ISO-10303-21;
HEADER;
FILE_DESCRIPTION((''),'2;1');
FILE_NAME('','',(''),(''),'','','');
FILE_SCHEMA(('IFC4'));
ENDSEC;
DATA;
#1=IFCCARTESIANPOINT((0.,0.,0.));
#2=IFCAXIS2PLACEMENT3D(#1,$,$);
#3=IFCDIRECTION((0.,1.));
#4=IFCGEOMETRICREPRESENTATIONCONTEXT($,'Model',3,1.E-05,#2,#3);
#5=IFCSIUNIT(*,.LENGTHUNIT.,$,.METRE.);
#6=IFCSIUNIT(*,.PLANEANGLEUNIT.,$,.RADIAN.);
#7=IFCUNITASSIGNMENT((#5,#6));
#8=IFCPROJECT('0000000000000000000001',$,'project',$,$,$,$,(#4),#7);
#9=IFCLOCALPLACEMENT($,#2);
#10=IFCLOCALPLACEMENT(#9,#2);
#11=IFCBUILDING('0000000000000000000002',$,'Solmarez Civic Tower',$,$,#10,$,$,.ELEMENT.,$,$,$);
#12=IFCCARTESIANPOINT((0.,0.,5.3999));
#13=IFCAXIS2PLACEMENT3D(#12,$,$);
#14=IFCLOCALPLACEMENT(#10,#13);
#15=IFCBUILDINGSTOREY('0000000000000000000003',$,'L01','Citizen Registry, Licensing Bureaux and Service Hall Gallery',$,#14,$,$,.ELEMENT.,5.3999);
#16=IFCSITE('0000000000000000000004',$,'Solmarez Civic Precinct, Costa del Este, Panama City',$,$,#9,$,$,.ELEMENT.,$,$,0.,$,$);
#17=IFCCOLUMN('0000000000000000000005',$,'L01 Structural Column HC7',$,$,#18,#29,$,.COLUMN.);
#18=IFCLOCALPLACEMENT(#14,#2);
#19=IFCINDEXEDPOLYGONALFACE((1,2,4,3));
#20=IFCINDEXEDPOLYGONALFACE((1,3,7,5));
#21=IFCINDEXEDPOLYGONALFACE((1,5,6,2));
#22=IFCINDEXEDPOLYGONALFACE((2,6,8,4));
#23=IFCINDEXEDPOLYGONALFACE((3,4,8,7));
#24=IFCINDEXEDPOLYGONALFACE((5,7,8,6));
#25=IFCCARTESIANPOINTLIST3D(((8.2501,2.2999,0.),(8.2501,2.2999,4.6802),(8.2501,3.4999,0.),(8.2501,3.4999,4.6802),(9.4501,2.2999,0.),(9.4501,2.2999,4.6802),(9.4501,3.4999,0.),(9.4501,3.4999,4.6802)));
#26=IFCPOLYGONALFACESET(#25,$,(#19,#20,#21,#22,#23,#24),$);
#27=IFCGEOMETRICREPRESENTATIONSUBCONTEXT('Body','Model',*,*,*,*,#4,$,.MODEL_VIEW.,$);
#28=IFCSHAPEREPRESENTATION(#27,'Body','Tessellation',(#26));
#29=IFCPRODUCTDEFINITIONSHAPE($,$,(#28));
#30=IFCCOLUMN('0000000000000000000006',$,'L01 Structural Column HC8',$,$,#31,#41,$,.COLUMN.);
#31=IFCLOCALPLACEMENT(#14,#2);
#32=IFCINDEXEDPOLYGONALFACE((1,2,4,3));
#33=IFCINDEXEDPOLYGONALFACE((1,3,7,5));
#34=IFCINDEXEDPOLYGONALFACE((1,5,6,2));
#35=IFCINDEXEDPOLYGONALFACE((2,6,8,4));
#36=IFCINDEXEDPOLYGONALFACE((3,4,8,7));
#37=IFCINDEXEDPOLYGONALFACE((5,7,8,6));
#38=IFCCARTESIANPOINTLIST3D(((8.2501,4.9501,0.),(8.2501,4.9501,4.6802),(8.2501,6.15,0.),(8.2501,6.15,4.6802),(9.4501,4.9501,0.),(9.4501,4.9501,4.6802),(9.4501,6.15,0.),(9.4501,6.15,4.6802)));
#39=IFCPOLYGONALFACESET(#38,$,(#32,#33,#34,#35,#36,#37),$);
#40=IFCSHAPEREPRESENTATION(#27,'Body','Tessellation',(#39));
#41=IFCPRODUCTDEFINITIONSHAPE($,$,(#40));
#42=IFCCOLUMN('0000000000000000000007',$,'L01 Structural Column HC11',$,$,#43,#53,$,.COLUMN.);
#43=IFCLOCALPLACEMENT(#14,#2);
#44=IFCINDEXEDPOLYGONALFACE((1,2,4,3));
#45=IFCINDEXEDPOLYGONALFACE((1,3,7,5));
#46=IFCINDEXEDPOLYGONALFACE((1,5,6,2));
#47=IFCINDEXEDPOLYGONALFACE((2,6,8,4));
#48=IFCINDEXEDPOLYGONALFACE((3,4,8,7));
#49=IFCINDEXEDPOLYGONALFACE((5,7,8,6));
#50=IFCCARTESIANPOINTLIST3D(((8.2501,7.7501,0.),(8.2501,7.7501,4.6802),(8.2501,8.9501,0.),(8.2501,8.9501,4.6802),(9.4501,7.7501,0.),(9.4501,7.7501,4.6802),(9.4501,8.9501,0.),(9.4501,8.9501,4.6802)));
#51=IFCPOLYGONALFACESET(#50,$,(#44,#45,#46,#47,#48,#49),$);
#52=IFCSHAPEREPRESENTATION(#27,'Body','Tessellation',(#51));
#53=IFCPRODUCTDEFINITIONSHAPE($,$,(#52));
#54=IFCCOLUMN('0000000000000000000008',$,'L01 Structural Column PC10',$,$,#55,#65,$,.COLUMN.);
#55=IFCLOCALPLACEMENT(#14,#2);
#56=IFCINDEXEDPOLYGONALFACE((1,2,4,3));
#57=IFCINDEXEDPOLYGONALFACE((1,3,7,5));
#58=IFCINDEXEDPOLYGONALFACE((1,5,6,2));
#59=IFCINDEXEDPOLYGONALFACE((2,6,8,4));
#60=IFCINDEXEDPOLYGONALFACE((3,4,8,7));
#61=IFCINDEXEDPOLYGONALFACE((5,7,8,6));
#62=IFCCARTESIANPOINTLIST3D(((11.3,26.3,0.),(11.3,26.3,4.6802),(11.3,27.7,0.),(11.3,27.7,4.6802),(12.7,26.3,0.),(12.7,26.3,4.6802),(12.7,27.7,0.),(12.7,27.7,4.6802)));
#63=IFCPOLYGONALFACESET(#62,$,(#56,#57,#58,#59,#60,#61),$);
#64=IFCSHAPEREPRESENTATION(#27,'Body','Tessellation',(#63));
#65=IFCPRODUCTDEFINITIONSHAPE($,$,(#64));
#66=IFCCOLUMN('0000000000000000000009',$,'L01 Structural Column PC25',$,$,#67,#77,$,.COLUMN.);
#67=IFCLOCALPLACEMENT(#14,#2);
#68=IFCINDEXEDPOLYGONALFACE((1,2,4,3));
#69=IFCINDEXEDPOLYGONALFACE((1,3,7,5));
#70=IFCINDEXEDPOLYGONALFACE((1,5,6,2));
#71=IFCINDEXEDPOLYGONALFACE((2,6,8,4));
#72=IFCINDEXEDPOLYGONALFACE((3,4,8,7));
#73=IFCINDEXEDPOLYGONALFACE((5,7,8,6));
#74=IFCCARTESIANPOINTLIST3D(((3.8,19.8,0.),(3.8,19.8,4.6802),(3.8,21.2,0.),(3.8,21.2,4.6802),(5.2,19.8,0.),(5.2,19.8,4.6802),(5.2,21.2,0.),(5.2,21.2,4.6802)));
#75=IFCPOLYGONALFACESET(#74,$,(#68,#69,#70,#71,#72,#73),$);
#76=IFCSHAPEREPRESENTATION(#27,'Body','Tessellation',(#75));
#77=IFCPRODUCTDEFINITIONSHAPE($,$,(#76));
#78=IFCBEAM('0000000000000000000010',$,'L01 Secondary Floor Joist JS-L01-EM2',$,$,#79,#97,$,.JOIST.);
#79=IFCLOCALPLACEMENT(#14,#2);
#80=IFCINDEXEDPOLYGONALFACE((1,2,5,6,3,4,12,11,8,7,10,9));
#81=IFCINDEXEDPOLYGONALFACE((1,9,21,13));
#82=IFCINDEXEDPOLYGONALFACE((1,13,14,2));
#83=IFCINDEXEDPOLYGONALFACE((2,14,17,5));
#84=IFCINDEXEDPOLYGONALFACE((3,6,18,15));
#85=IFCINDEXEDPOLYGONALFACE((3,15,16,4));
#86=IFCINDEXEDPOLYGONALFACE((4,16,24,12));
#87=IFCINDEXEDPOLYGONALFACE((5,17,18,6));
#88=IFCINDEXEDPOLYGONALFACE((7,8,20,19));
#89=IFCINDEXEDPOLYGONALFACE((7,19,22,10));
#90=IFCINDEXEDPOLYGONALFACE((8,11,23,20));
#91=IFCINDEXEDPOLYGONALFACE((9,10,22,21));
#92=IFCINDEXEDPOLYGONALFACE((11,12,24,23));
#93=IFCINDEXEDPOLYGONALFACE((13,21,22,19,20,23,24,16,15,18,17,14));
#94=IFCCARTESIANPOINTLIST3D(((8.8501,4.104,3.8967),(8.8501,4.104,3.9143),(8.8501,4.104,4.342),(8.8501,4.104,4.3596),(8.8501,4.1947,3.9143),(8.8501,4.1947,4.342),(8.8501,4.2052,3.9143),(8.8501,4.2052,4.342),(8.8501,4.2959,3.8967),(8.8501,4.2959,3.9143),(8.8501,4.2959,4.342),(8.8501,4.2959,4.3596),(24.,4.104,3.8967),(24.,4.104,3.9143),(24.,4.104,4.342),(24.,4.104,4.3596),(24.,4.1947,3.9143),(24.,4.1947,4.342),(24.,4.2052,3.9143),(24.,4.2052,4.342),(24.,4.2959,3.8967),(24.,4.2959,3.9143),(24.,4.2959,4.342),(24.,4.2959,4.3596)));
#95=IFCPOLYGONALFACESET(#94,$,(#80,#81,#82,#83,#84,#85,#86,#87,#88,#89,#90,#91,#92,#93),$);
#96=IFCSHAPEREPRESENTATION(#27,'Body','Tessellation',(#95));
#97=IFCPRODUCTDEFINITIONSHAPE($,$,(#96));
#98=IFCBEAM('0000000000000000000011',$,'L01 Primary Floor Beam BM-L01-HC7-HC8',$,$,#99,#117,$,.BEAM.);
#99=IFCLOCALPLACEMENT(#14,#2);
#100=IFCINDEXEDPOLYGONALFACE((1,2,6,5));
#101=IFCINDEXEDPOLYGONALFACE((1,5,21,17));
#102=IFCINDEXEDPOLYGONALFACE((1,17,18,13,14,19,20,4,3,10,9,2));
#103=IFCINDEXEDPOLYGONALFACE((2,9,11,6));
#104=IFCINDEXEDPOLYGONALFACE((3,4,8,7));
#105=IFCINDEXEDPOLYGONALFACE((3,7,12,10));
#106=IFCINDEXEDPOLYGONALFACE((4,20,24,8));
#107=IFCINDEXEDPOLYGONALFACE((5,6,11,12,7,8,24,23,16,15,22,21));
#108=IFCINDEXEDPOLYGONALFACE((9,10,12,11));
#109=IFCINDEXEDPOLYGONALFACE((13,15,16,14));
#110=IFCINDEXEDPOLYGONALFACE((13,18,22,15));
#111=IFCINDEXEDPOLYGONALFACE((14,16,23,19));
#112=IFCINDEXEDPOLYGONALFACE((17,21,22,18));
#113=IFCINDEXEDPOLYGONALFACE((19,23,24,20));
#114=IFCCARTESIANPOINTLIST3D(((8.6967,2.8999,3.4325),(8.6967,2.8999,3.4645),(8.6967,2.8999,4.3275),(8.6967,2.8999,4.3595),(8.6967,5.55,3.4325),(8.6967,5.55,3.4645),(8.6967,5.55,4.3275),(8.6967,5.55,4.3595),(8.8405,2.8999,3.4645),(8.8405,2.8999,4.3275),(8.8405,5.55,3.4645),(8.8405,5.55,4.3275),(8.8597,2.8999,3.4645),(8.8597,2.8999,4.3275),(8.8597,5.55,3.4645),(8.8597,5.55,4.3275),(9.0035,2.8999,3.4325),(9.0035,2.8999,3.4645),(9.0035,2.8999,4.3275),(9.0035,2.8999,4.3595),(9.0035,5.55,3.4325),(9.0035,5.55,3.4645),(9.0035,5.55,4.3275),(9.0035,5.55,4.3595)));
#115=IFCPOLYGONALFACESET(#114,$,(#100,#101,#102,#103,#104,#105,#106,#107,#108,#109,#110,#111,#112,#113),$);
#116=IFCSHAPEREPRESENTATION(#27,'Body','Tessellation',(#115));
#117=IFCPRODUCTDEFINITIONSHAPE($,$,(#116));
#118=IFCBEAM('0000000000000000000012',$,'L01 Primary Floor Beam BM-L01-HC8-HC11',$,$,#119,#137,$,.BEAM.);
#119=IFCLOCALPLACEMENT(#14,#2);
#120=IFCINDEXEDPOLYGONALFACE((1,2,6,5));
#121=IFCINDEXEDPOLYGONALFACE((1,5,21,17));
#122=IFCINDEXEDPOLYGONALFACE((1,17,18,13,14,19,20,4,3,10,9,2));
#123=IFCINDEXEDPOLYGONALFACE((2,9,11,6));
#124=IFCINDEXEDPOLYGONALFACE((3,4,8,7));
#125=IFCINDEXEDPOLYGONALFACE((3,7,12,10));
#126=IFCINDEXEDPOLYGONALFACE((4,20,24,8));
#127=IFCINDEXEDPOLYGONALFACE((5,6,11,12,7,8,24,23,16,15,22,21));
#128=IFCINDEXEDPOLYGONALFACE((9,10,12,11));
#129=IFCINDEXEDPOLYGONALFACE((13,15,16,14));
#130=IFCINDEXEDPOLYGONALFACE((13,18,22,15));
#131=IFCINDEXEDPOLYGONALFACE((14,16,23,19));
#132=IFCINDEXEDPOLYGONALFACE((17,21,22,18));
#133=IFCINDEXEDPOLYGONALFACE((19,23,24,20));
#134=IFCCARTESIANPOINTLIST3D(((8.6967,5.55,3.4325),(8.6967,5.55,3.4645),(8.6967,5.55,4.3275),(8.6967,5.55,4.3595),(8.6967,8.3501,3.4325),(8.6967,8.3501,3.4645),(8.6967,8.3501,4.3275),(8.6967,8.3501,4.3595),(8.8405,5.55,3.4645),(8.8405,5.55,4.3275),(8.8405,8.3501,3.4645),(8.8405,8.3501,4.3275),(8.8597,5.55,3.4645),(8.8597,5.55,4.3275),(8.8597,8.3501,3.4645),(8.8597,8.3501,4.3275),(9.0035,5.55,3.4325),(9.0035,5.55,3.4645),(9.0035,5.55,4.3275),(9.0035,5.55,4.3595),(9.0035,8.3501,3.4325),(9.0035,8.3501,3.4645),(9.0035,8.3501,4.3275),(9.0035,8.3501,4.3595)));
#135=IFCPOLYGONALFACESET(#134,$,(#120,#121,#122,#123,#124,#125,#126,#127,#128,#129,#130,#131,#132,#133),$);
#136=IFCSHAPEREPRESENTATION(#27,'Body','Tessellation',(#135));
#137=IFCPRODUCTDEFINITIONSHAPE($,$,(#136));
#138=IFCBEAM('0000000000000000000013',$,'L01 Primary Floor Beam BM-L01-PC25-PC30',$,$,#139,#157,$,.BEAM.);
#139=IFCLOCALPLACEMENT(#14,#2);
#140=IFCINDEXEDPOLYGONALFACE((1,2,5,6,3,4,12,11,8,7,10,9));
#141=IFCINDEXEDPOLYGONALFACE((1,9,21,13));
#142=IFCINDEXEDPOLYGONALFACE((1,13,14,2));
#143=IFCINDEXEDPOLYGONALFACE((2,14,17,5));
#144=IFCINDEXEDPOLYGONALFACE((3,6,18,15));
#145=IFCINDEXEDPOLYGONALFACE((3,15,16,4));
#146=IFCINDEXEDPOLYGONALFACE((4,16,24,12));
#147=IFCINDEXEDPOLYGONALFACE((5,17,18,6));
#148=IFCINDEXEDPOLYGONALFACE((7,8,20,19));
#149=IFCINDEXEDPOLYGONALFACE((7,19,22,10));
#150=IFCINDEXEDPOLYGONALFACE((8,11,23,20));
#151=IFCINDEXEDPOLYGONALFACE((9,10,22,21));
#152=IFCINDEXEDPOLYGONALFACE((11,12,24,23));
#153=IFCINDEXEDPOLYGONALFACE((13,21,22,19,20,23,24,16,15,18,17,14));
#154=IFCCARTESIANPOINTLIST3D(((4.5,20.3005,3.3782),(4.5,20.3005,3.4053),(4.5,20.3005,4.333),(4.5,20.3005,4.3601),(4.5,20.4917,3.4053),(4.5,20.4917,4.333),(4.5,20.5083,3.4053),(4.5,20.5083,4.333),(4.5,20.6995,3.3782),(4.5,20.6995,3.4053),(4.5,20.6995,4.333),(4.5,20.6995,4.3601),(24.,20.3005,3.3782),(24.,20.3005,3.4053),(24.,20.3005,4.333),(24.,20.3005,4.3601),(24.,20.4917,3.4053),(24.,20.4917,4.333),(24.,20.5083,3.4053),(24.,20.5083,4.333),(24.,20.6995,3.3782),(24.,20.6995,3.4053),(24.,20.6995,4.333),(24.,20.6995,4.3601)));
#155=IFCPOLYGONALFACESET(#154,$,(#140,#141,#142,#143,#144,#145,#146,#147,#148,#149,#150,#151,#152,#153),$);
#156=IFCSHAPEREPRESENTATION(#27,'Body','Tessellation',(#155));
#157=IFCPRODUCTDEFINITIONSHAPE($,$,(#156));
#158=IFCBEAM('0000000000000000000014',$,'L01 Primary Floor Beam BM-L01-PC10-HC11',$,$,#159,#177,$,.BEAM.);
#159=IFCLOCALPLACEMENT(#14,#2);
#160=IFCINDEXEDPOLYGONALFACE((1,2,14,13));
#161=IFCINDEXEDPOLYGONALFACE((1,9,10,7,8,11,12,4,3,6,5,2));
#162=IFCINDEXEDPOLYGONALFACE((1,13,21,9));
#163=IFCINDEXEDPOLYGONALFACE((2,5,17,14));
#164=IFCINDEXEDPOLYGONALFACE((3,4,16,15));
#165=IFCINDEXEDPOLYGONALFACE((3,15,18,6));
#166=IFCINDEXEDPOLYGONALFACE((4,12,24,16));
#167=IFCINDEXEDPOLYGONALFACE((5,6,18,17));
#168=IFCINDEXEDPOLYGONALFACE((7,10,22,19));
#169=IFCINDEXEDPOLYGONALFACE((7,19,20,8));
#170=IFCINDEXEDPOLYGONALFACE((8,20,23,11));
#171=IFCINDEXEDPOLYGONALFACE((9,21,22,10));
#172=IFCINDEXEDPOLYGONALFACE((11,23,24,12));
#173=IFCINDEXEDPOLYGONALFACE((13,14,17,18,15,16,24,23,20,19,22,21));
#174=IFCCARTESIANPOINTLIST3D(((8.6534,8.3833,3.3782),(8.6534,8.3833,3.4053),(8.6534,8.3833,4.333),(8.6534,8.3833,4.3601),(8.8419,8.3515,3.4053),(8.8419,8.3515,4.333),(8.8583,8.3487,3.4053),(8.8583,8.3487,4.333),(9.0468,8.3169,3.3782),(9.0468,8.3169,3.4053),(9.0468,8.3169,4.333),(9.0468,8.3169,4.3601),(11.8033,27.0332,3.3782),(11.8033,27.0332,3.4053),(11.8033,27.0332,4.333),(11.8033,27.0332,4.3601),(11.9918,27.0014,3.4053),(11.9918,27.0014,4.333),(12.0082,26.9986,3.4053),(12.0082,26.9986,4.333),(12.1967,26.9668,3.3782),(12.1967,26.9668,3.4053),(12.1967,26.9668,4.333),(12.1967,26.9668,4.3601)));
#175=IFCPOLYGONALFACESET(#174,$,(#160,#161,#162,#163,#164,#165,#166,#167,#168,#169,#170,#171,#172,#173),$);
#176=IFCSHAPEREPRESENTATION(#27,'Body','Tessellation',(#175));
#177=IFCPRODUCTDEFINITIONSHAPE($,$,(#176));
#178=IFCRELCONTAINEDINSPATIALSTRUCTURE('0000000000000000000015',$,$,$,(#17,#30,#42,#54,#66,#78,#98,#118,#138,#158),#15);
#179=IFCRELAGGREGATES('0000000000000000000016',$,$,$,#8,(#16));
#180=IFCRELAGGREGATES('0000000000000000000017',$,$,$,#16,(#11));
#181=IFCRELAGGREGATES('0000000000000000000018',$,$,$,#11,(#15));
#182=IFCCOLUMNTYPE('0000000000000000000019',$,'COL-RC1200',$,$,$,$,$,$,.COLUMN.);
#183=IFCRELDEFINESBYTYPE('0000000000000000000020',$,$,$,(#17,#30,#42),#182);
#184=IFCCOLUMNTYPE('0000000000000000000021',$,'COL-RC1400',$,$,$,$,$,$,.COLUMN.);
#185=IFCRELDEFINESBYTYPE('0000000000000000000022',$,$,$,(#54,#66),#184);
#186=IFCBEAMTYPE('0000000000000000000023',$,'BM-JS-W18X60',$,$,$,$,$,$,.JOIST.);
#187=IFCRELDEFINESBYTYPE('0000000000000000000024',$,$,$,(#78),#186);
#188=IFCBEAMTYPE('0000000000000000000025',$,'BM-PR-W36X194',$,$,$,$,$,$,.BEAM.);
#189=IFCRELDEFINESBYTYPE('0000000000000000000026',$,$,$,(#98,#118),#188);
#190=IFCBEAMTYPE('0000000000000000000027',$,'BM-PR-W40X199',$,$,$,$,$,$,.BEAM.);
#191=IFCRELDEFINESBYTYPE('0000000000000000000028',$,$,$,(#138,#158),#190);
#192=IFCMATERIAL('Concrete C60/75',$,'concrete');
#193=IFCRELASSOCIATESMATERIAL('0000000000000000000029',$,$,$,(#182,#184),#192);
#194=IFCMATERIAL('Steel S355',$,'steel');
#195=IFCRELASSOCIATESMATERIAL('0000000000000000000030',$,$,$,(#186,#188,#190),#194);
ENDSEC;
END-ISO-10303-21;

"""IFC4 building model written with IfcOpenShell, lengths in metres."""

from ifc_helpers import new_model, si_unit, direction, frame, origin, origin_2d, place, context, subcontext, project, spatial, rectangle, i_section, extrude, material, material_profile, profile_set, type_object, element, save


model = new_model("IFC4")

# Units and contexts
model_context = context("Model", 3, precision=1e-05, world=origin(), true_north=direction((0.0, 1.0)))
body_context = subcontext(model_context, "Body", "Model", "MODEL_VIEW")
ifc_project = project(units=[si_unit("LENGTHUNIT", "METRE"), si_unit("PLANEANGLEUNIT", "RADIAN")], contexts=[model_context])

# Site, building, storey
site_placement = place(None, origin())
site = spatial("IfcSite", under=ifc_project, at=site_placement, Name="Solmarez Civic Precinct, Costa del Este, Panama City", CompositionType="ELEMENT", RefElevation=0.0)
building_placement = place(site_placement, origin())
building = spatial("IfcBuilding", under=site, at=building_placement, Name="Solmarez Civic Tower", CompositionType="ELEMENT")
storey_placement = place(building_placement, frame((0.0, 0.0, 5.3999)))
storey = spatial("IfcBuildingStorey", under=building, at=storey_placement, Name="L01", Description="Citizen Registry, Licensing Bureaux and Service Hall Gallery", CompositionType="ELEMENT", Elevation=5.3999)

# Columns
ifc_material_1 = material(Name="Concrete C60/75", Category="concrete")
ifc_material_profile_1 = material_profile(ifc_material_1, rectangle(XDim=1.2, YDim=1.2, at=origin_2d()), Name="RC1200X1200")
ifc_profile_set_1 = profile_set([ifc_material_profile_1], Name="Concrete C60/75")
column_type_1 = type_object("IfcColumnType", Name="COL-RC1200", PredefinedType="COLUMN", material=ifc_profile_set_1)
for number, where, z_axis, x_axis, name in (
    (1, (8.8501, 2.8999, 0.0), (0.0, 0.0, 1.0), (1.0, 0.0, 0.0), "L01 Structural Column HC7"),
    (2, (8.8501, 5.55, 0.0), (0.0, 0.0, 1.0), (1.0, 0.0, 0.0), "L01 Structural Column HC8"),
    (3, (8.8501, 8.3501, 0.0), (0.0, 0.0, 1.0), (1.0, 0.0, 0.0), "L01 Structural Column HC11"),
):
    element("IfcColumn", number, at=place(storey_placement, frame(where, z_axis=z_axis, x_axis=x_axis)), inside=storey, type_object=column_type_1, Name=name, PredefinedType="COLUMN", context=body_context, shape_type="SweptSolid", body=[
        extrude(rectangle(XDim=1.2, YDim=1.2, at=origin_2d()), origin(), (0.0, 0.0, 1.0), 4.6802),
    ])
ifc_material_profile_2 = material_profile(ifc_material_1, rectangle(XDim=1.3999, YDim=1.3999, at=origin_2d()), Name="RC1400X1400")
ifc_profile_set_2 = profile_set([ifc_material_profile_2], Name="Concrete C60/75")
column_type_2 = type_object("IfcColumnType", Name="COL-RC1400", PredefinedType="COLUMN", material=ifc_profile_set_2)
for number, where, z_axis, x_axis, name in (
    (4, (12.0, 27.0, 0.0), (0.0, 0.0, 1.0), (1.0, 0.0, 0.0), "L01 Structural Column PC10"),
    (5, (4.5, 20.5, 0.0), (0.0, 0.0, 1.0), (1.0, 0.0, 0.0), "L01 Structural Column PC25"),
):
    element("IfcColumn", number, at=place(storey_placement, frame(where, z_axis=z_axis, x_axis=x_axis)), inside=storey, type_object=column_type_2, Name=name, PredefinedType="COLUMN", context=body_context, shape_type="SweptSolid", body=[
        extrude(rectangle(XDim=1.3999, YDim=1.3999, at=origin_2d()), origin(), (0.0, 0.0, 1.0), 4.6802),
    ])

# Beams
ifc_material_2 = material(Name="Steel S355", Category="steel")
ifc_material_profile_3 = material_profile(ifc_material_2, i_section(OverallWidth=0.1919, OverallDepth=0.4629, WebThickness=0.0105, FlangeThickness=0.0176, at=origin_2d()), Name="W18X60")
ifc_profile_set_3 = profile_set([ifc_material_profile_3], Name="Steel S355")
beam_type_1 = type_object("IfcBeamType", Name="BM-JS-W18X60", PredefinedType="JOIST", material=ifc_profile_set_3)
beam_1_placement = place(storey_placement, frame((8.8501, 4.2, 4.1282), z_axis=(1.0, 0.0, 0.0), x_axis=(0.0, 1.0, 0.0)))
element("IfcBeam", 6, at=beam_1_placement, inside=storey, type_object=beam_type_1, Name="L01 Secondary Floor Joist JS-L01-EM2", PredefinedType="JOIST", context=body_context, shape_type="SweptSolid", body=[
    extrude(i_section(OverallWidth=0.1919, OverallDepth=0.4629, WebThickness=0.0105, FlangeThickness=0.0176, at=origin_2d()), origin(), (0.0, 0.0, 1.0), 15.1499),
])
ifc_material_profile_4 = material_profile(ifc_material_2, i_section(OverallWidth=0.3069, OverallDepth=0.927, WebThickness=0.0193, FlangeThickness=0.032, at=origin_2d()), Name="W36X194")
ifc_profile_set_4 = profile_set([ifc_material_profile_4], Name="Steel S355")
beam_type_2 = type_object("IfcBeamType", Name="BM-PR-W36X194", PredefinedType="BEAM", material=ifc_profile_set_4)
beam_2_placement = place(storey_placement, frame((8.8501, 2.8999, 3.896), z_axis=(0.0, 1.0, 0.0), x_axis=(-1.0, 0.0, 0.0)))
element("IfcBeam", 7, at=beam_2_placement, inside=storey, type_object=beam_type_2, Name="L01 Primary Floor Beam BM-L01-HC7-HC8", PredefinedType="BEAM", context=body_context, shape_type="SweptSolid", body=[
    extrude(i_section(OverallWidth=0.3069, OverallDepth=0.927, WebThickness=0.0193, FlangeThickness=0.032, at=origin_2d()), origin(), (0.0, 0.0, 1.0), 2.6501),
])
beam_3_placement = place(storey_placement, frame((8.8501, 5.55, 3.896), z_axis=(0.0, 1.0, 0.0), x_axis=(-1.0, 0.0, 0.0)))
element("IfcBeam", 8, at=beam_3_placement, inside=storey, type_object=beam_type_2, Name="L01 Primary Floor Beam BM-L01-HC8-HC11", PredefinedType="BEAM", context=body_context, shape_type="SweptSolid", body=[
    extrude(i_section(OverallWidth=0.3069, OverallDepth=0.927, WebThickness=0.0193, FlangeThickness=0.032, at=origin_2d()), origin(), (0.0, 0.0, 1.0), 2.8),
])
ifc_material_profile_5 = material_profile(ifc_material_2, i_section(OverallWidth=0.3989, OverallDepth=0.9819, WebThickness=0.0166, FlangeThickness=0.0271, at=origin_2d()), Name="W40X199")
ifc_profile_set_5 = profile_set([ifc_material_profile_5], Name="Steel S355")
beam_type_3 = type_object("IfcBeamType", Name="BM-PR-W40X199", PredefinedType="BEAM", material=ifc_profile_set_5)
beam_4_placement = place(storey_placement, frame((4.5, 20.5, 3.8691), z_axis=(1.0, 0.0, 0.0), x_axis=(0.0, 1.0, 0.0)))
element("IfcBeam", 9, at=beam_4_placement, inside=storey, type_object=beam_type_3, Name="L01 Primary Floor Beam BM-L01-PC25-PC30", PredefinedType="BEAM", context=body_context, shape_type="SweptSolid", body=[
    extrude(i_section(OverallWidth=0.3989, OverallDepth=0.9819, WebThickness=0.0166, FlangeThickness=0.0271, at=origin_2d()), origin(), (0.0, 0.0, 1.0), 19.5),
])
beam_5_placement = place(storey_placement, frame((12.0, 27.0, 3.8691), z_axis=(-0.166538, -0.986035, 0.0), x_axis=(0.986035, -0.166538, 0.0)))
element("IfcBeam", 10, at=beam_5_placement, inside=storey, type_object=beam_type_3, Name="L01 Primary Floor Beam BM-L01-PC10-HC11", PredefinedType="BEAM", context=body_context, shape_type="SweptSolid", body=[
    extrude(i_section(OverallWidth=0.3989, OverallDepth=0.9819, WebThickness=0.0166, FlangeThickness=0.0271, at=origin_2d()), origin(), (0.0, 0.0, 1.0), 18.9141),
])

save(model, "model.ifc")
